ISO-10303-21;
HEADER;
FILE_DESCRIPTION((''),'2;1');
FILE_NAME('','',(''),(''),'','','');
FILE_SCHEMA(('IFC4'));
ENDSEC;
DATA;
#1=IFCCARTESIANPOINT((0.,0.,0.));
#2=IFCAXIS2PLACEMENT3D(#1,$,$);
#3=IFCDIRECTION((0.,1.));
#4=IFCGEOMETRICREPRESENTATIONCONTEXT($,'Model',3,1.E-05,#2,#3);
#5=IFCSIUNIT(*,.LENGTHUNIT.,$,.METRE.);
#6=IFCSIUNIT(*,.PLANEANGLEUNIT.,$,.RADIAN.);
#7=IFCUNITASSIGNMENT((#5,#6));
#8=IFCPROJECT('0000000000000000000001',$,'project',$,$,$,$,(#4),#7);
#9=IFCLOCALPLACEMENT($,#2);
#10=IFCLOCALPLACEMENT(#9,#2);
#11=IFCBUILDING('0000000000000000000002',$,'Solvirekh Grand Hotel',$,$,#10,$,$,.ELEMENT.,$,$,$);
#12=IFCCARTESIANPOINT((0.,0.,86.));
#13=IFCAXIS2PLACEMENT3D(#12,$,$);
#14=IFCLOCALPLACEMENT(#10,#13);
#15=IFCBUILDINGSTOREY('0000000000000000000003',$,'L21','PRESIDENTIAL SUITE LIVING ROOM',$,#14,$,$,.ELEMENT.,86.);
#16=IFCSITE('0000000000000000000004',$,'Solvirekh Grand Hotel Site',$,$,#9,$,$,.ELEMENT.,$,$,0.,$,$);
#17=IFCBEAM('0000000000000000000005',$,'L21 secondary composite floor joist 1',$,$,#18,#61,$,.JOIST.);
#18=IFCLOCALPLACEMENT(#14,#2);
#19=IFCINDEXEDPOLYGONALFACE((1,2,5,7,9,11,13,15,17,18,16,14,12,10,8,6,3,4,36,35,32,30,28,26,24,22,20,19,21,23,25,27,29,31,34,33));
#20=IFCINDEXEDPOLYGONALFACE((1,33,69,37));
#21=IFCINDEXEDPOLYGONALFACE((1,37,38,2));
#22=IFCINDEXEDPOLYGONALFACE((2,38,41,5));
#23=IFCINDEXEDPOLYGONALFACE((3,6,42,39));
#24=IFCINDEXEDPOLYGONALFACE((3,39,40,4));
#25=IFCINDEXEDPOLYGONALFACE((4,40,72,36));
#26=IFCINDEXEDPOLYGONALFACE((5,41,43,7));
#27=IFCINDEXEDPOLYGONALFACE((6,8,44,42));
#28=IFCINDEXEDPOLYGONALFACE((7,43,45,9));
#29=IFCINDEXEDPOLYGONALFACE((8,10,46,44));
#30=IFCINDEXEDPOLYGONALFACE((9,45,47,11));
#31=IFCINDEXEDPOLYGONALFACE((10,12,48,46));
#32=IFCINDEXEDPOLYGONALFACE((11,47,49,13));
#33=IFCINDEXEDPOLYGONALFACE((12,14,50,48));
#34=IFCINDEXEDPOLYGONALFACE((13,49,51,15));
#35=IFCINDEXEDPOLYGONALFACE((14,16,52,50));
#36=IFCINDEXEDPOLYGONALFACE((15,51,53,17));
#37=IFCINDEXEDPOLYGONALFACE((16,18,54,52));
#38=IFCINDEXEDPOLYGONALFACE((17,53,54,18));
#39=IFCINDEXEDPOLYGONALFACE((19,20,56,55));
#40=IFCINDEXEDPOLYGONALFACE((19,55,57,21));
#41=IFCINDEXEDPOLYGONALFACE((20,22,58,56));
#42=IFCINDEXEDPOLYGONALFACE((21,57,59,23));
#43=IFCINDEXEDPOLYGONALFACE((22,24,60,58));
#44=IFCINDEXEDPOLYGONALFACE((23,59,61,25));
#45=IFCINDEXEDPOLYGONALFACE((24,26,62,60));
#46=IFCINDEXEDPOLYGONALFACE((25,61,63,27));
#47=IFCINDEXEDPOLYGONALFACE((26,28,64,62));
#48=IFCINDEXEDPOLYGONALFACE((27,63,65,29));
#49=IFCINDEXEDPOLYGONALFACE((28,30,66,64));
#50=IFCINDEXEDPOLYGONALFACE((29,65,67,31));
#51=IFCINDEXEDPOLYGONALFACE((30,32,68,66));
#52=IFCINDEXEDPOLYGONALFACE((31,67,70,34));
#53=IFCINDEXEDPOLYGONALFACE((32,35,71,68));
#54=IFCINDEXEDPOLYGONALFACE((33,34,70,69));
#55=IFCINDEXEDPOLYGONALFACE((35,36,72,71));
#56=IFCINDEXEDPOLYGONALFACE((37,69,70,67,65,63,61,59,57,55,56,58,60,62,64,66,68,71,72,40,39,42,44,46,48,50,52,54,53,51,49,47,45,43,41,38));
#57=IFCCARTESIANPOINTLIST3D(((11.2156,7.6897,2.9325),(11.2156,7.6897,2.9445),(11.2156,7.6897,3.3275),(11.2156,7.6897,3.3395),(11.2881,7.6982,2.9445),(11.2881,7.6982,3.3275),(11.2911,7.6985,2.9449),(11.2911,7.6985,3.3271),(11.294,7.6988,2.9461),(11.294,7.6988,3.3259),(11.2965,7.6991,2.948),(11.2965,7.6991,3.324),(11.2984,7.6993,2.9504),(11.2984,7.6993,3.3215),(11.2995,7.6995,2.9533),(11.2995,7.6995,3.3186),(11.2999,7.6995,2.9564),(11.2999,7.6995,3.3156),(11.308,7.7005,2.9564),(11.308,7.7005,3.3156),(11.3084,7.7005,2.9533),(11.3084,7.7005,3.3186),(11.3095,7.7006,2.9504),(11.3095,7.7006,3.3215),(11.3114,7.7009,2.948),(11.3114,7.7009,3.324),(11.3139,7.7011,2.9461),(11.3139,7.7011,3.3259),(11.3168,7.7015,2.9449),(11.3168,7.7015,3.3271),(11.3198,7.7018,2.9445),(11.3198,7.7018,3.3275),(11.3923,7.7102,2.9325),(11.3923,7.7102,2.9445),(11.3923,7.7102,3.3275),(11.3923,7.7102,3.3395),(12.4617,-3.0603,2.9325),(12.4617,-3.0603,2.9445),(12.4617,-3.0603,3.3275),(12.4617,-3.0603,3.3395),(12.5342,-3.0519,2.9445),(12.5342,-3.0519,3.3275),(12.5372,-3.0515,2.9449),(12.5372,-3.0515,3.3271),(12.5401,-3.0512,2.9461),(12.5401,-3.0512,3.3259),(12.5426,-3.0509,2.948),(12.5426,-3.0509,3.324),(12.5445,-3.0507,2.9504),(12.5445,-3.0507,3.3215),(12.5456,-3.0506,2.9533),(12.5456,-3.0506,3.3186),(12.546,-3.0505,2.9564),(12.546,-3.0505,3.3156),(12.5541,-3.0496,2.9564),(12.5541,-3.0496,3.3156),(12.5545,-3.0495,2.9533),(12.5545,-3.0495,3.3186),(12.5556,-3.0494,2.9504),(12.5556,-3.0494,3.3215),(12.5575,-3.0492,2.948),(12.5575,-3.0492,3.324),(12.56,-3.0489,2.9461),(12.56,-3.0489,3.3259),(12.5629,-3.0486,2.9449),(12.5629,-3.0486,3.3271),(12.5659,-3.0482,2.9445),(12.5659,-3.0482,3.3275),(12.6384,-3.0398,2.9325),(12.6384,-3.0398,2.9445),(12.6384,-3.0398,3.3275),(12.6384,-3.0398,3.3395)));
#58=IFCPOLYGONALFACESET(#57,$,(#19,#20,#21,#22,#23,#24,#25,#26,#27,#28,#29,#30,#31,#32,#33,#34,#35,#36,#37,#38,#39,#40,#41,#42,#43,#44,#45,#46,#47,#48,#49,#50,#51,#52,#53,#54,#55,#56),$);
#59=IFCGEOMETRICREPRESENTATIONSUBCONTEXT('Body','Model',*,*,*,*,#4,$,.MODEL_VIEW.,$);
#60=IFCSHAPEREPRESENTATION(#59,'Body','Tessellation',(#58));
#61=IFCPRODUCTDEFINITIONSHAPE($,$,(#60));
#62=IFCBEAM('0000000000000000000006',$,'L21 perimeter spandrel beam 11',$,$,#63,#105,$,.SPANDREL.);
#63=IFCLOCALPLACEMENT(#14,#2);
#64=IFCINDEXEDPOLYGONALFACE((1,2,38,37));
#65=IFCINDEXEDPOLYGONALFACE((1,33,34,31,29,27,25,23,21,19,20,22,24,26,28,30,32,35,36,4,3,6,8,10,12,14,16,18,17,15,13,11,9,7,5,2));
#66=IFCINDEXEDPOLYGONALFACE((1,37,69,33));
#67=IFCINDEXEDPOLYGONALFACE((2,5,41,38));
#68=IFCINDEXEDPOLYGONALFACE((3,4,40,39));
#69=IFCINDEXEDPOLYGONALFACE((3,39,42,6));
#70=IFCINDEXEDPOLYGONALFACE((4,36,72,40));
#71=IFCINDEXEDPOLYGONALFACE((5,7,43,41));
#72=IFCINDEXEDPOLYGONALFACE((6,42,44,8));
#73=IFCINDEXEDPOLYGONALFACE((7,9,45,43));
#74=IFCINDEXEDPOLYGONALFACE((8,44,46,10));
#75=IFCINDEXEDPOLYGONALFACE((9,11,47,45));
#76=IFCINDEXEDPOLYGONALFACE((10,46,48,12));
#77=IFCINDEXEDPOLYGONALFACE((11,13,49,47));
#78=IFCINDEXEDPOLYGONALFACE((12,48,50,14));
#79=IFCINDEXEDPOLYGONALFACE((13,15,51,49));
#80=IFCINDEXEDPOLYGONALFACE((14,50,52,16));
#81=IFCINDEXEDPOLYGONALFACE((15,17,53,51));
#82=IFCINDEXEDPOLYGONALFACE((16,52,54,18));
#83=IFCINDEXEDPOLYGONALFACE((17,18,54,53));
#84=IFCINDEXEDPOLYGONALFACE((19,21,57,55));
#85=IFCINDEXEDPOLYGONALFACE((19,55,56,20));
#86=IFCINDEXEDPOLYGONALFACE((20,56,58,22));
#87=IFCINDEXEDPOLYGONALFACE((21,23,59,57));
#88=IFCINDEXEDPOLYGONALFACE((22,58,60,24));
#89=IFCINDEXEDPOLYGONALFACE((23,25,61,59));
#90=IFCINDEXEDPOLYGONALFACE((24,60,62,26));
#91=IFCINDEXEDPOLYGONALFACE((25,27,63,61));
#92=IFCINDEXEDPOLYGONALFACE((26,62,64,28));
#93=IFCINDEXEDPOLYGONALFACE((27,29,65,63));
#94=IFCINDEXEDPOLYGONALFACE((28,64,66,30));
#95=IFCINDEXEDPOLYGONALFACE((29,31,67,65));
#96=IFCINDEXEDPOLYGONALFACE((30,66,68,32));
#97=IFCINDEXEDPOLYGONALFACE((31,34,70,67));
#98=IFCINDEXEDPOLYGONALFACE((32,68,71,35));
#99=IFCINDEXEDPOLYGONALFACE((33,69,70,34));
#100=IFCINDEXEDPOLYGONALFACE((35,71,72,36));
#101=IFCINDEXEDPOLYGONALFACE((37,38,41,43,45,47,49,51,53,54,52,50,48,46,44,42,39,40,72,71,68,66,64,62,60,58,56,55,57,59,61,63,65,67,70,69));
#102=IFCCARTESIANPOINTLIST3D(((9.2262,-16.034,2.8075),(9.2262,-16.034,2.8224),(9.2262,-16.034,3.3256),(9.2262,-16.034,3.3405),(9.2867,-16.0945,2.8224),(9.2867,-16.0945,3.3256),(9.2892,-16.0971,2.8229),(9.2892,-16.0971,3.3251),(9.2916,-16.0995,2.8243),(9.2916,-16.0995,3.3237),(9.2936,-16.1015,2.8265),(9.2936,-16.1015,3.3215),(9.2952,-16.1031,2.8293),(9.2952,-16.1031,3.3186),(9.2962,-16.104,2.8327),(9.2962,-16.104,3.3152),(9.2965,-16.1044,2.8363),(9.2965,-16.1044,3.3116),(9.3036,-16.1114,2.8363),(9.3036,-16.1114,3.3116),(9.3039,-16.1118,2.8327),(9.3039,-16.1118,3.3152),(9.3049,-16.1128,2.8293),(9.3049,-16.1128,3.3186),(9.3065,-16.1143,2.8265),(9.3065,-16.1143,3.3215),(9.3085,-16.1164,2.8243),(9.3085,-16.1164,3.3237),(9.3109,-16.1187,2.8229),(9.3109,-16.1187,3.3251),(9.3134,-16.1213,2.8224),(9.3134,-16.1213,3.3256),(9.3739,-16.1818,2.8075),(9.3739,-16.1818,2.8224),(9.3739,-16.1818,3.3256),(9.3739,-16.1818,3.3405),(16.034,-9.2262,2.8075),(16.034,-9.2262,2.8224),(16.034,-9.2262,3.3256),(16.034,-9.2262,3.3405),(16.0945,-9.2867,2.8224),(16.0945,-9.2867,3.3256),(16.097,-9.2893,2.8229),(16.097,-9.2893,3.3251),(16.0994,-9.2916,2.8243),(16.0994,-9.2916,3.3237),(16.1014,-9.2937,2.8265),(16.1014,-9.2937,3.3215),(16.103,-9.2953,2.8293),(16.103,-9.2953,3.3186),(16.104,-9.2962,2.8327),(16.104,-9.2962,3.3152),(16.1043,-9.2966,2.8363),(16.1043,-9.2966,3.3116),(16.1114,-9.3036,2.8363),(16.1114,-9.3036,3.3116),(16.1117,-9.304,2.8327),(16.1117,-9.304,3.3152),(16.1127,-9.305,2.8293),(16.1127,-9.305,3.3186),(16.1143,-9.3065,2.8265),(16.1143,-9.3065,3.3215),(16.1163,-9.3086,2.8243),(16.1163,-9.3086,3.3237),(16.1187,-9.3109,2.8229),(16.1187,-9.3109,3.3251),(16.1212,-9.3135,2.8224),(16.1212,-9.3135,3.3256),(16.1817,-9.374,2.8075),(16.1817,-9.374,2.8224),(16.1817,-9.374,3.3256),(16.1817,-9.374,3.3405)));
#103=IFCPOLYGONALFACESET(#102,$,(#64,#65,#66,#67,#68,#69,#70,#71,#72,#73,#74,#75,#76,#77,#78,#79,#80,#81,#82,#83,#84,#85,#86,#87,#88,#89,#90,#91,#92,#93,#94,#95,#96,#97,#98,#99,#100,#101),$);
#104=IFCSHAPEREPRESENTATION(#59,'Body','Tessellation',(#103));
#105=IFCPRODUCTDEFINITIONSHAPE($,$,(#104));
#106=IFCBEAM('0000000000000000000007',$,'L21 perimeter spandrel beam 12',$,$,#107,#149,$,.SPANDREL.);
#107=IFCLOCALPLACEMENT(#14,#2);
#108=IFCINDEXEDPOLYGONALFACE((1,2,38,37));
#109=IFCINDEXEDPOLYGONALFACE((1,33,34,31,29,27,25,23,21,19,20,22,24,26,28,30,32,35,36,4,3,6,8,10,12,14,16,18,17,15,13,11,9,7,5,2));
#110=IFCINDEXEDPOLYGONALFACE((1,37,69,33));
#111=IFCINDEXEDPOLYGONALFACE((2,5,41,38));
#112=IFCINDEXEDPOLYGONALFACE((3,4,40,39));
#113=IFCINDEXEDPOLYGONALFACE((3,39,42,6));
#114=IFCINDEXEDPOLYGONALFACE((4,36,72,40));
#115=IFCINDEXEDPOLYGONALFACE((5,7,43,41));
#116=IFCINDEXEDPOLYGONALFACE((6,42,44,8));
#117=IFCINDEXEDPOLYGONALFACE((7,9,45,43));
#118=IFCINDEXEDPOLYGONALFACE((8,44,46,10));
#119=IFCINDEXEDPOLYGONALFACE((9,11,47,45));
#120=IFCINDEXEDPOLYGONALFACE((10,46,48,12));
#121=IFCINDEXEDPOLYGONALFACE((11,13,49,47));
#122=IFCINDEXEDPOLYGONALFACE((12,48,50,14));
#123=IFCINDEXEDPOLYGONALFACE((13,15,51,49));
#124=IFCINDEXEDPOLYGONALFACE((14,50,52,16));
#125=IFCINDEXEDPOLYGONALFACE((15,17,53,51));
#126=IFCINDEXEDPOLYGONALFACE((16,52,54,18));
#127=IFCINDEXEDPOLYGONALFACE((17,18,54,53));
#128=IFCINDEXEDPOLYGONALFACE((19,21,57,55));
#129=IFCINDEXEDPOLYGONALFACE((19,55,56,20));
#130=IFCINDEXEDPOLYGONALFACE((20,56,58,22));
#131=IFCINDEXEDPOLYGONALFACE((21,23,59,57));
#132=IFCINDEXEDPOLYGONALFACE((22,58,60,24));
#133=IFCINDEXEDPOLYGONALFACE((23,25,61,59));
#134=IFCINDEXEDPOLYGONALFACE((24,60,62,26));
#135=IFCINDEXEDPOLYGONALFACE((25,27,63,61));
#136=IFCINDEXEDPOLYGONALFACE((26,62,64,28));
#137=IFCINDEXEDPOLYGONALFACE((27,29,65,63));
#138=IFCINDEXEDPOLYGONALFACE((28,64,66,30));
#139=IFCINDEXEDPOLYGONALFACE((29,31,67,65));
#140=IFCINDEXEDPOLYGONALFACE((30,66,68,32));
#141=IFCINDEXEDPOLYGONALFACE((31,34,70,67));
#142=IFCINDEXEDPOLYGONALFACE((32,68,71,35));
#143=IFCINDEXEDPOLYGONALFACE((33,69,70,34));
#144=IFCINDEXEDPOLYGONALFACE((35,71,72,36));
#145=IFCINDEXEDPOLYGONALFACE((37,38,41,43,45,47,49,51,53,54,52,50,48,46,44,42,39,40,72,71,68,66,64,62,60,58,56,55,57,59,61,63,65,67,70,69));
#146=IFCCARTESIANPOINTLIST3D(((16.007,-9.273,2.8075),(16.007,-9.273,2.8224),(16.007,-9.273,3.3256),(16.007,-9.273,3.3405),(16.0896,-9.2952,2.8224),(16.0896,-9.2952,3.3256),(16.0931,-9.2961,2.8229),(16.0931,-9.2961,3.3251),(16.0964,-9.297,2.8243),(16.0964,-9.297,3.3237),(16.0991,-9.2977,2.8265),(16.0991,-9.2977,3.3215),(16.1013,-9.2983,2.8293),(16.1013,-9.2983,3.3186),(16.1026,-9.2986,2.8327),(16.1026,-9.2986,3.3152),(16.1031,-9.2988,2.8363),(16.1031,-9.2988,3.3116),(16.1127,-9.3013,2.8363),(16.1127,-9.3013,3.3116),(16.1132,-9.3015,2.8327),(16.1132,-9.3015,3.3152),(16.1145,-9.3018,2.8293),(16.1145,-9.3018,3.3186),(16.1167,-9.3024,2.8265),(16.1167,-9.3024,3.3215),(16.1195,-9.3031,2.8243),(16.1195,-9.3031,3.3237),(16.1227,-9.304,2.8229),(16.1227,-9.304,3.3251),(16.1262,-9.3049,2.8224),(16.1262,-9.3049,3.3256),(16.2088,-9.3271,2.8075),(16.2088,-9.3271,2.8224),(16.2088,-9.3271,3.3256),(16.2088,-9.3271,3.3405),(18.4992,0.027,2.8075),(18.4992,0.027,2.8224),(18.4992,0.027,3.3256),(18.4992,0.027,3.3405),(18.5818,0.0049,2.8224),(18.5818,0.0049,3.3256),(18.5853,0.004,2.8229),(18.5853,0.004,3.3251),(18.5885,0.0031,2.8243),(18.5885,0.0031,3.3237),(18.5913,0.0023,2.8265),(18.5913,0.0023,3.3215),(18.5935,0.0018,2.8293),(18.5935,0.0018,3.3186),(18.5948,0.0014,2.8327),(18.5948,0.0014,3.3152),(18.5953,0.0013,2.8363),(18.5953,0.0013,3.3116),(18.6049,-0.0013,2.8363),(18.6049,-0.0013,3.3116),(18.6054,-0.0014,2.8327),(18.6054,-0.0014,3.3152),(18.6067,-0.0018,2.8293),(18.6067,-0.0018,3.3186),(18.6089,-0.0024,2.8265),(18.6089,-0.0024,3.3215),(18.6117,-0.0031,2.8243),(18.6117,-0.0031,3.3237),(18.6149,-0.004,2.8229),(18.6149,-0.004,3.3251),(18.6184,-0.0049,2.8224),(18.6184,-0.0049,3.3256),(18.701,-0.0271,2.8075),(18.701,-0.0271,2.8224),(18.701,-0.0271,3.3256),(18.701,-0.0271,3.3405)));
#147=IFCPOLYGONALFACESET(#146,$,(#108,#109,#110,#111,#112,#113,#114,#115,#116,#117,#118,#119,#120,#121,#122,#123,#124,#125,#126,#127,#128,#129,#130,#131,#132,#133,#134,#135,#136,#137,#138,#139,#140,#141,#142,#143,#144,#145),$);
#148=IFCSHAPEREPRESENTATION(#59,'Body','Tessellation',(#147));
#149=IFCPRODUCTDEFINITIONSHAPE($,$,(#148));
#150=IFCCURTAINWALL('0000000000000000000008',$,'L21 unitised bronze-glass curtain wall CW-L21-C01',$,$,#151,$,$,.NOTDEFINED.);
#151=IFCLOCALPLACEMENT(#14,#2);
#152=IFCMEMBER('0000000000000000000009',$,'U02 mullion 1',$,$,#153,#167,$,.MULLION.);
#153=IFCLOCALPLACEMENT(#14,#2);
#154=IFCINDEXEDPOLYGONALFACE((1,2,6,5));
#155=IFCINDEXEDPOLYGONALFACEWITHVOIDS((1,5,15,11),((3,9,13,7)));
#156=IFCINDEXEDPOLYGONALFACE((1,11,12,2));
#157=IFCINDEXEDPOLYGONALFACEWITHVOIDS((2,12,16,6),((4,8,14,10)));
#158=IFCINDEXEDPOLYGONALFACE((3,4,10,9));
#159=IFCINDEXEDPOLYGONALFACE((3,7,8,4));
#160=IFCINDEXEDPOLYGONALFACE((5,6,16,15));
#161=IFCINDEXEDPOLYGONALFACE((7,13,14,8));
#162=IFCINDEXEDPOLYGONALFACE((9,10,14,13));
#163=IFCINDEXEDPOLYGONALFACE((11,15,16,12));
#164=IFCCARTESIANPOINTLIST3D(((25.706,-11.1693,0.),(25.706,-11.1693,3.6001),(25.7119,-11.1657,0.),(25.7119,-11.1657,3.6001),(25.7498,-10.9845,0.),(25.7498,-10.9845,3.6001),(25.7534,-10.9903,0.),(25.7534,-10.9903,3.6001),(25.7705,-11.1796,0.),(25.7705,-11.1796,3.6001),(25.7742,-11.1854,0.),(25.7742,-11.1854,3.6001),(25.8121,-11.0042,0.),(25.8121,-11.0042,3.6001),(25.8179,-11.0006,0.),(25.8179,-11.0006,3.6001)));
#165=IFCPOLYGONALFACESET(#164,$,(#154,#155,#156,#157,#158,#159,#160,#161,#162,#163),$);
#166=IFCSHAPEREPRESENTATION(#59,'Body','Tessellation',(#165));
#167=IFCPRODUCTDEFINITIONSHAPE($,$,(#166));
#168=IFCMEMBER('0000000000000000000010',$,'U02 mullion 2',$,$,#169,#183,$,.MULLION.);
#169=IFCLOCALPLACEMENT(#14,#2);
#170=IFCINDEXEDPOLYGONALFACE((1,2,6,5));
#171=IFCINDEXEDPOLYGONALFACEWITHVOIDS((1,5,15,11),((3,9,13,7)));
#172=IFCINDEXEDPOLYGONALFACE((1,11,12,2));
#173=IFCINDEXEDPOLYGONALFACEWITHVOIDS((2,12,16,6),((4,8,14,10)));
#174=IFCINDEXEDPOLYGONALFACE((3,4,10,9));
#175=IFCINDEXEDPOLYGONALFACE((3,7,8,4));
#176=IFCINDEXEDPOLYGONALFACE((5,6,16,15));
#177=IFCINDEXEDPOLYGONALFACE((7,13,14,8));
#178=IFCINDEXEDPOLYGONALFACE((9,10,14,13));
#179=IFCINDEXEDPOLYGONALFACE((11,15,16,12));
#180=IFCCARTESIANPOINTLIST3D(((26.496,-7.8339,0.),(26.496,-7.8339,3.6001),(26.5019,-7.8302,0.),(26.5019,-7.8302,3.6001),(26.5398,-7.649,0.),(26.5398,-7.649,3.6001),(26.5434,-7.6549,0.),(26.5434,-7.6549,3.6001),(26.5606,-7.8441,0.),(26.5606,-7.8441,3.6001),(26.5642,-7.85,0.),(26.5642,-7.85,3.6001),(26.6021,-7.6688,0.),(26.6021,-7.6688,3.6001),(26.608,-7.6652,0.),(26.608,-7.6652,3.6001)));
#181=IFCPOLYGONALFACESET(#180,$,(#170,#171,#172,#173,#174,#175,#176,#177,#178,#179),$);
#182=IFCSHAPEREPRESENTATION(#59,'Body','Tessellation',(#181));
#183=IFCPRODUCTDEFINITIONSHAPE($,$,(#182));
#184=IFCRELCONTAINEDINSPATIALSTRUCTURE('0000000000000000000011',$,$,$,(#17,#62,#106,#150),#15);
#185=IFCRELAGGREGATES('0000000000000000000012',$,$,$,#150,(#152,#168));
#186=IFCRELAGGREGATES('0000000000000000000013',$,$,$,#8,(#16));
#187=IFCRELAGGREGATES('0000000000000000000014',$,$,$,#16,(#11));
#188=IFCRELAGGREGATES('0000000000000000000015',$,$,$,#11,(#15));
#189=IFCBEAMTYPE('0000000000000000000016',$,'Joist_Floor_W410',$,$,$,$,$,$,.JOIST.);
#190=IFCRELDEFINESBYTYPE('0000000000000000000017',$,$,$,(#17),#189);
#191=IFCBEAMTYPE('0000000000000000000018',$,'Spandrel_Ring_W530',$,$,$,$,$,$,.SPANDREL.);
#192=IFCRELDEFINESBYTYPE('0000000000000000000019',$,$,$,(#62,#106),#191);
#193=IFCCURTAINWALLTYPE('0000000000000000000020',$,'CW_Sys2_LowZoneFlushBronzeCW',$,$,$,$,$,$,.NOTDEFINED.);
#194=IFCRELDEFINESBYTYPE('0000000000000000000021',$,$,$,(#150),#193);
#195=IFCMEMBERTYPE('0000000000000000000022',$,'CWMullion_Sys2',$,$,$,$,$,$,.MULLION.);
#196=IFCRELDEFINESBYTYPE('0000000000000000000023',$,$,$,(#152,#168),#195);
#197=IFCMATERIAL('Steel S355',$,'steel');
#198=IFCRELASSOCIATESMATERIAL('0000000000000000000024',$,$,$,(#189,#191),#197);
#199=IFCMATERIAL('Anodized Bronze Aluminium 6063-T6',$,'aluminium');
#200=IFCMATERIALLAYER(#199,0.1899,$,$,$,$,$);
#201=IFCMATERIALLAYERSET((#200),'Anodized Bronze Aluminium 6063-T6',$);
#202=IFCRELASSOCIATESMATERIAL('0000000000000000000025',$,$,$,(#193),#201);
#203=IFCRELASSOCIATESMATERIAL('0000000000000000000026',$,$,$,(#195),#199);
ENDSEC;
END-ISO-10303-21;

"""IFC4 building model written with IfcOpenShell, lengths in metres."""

from ifc_helpers import new_model, si_unit, direction, frame, origin, origin_2d, place, context, subcontext, project, spatial, hollow_rectangle, i_section, extrude, source, transform, mapped, material, layer, layer_set, material_profile, profile_set, type_object, element, aggregate, save


model = new_model("IFC4")

# Units and contexts
model_context = context("Model", 3, precision=1e-05, world=origin(), true_north=direction((0.0, 1.0)))
body_context = subcontext(model_context, "Body", "Model", "MODEL_VIEW")
ifc_project = project(units=[si_unit("LENGTHUNIT", "METRE"), si_unit("PLANEANGLEUNIT", "RADIAN")], contexts=[model_context])

# Site, building, storey
site_placement = place(None, origin())
site = spatial("IfcSite", under=ifc_project, at=site_placement, Name="Solvirekh Grand Hotel Site", CompositionType="ELEMENT", RefElevation=0.0)
building_placement = place(site_placement, origin())
building = spatial("IfcBuilding", under=site, at=building_placement, Name="Solvirekh Grand Hotel", CompositionType="ELEMENT")
storey_placement = place(building_placement, frame((0.0, 0.0, 86.0)))
storey = spatial("IfcBuildingStorey", under=building, at=storey_placement, Name="L21", Description="PRESIDENTIAL SUITE LIVING ROOM", CompositionType="ELEMENT", Elevation=86.0)

# Beams
ifc_material_1 = material(Name="Steel S355", Category="steel")
ifc_material_profile_1 = material_profile(ifc_material_1, i_section(OverallWidth=0.178, OverallDepth=0.407, WebThickness=0.0081, FlangeThickness=0.012, FilletRadius=0.012, at=origin_2d()), Name="W410X60")
ifc_profile_set_1 = profile_set([ifc_material_profile_1], Name="Steel S355")
beam_type_1 = type_object("IfcBeamType", Name="Joist_Floor_W410", PredefinedType="JOIST", material=ifc_profile_set_1)
beam_1_placement = place(storey_placement, frame((12.55, -3.05, 3.136), z_axis=(-0.115145, 0.993349, 0.0), x_axis=(-0.993349, -0.115145, 0.0)))
element("IfcBeam", 1, at=beam_1_placement, inside=storey, type_object=beam_type_1, Name="L21 secondary composite floor joist 1", PredefinedType="JOIST", context=body_context, shape_type="SweptSolid", body=[
    extrude(i_section(OverallWidth=0.178, OverallDepth=0.407, WebThickness=0.0081, FlangeThickness=0.012, FilletRadius=0.012, at=origin_2d()), origin(), (0.0, 0.0, 1.0), 10.822),
])
ifc_material_profile_2 = material_profile(ifc_material_1, i_section(OverallWidth=0.209, OverallDepth=0.533, WebThickness=0.01, FlangeThickness=0.0149, FilletRadius=0.0139, at=origin_2d()), Name="W530X92")
ifc_profile_set_2 = profile_set([ifc_material_profile_2], Name="Steel S355")
beam_type_2 = type_object("IfcBeamType", Name="Spandrel_Ring_W530", PredefinedType="SPANDREL", material=ifc_profile_set_2)
beam_2_placement = place(storey_placement, frame((9.3, -16.1079, 3.074), z_axis=(0.707107, 0.707107, 0.0), x_axis=(-0.707107, 0.707107, 0.0)))
element("IfcBeam", 2, at=beam_2_placement, inside=storey, type_object=beam_type_2, Name="L21 perimeter spandrel beam 11", PredefinedType="SPANDREL", context=body_context, shape_type="SweptSolid", body=[
    extrude(i_section(OverallWidth=0.209, OverallDepth=0.533, WebThickness=0.01, FlangeThickness=0.0149, FilletRadius=0.0139, at=origin_2d()), origin(), (0.0, 0.0, 1.0), 9.6277),
])
beam_3_placement = place(storey_placement, frame((16.1079, -9.3, 3.074), z_axis=(0.258843, 0.965919, 0.0), x_axis=(-0.965919, 0.258843, 0.0)))
element("IfcBeam", 3, at=beam_3_placement, inside=storey, type_object=beam_type_2, Name="L21 perimeter spandrel beam 12", PredefinedType="SPANDREL", context=body_context, shape_type="SweptSolid", body=[
    extrude(i_section(OverallWidth=0.209, OverallDepth=0.533, WebThickness=0.01, FlangeThickness=0.0149, FilletRadius=0.0139, at=origin_2d()), origin(), (0.0, 0.0, 1.0), 9.6282),
])

# Curtain wall, members
ifc_material_2 = material(Name="Anodized Bronze Aluminium 6063-T6", Category="aluminium")
ifc_layer_1 = layer(ifc_material_2, 0.1899)
ifc_layer_set_1 = layer_set([ifc_layer_1], Name="Anodized Bronze Aluminium 6063-T6")
curtain_wall_type = type_object("IfcCurtainWallType", Name="CW_Sys2_LowZoneFlushBronzeCW", PredefinedType="NOTDEFINED", material=ifc_layer_set_1)
curtain_wall_1_placement = place(storey_placement, origin())
curtain_wall_1 = element("IfcCurtainWall", 4, at=curtain_wall_1_placement, inside=storey, type_object=curtain_wall_type, Name="L21 unitised bronze-glass curtain wall CW-L21-C01", PredefinedType="NOTDEFINED")
ifc_material_profile_3 = material_profile(ifc_material_2, hollow_rectangle(XDim=0.0701, YDim=0.1899, WallThickness=0.0049, at=origin_2d()), Name="ALU RHS 190X70X5")
ifc_profile_set_3 = profile_set([ifc_material_profile_3], Name="Anodized Bronze Aluminium 6063-T6")
member_type_1 = type_object("IfcMemberType", Name="CWMullion_Sys2", PredefinedType="MULLION", material=ifc_profile_set_3)
shared_shape_1 = source(origin(), body_context, "Body", "SweptSolid", [
    extrude(hollow_rectangle(XDim=0.0701, YDim=0.1899, WallThickness=0.0049, at=origin_2d()), origin(), (0.0, 0.0, 1.0), 3.6001),
])
member_1_placement = place(storey_placement, frame((25.762, -11.085, 0.0), z_axis=(0.0, 0.0, 1.0), x_axis=(-0.973083, 0.230456, 0.0)))
member_1 = element("IfcMember", 5, at=member_1_placement, type_object=member_type_1, Name="U02 mullion 1", PredefinedType="MULLION", context=body_context, shape_type="MappedRepresentation", body=[
    mapped(shared_shape_1, transform((0.0, 0.0, 0.0), x_axis=(1.0, 0.0, 0.0), y_axis=(0.0, 1.0, 0.0), z_axis=(0.0, 0.0, 1.0), scale=1.0)),
])
member_2_placement = place(storey_placement, frame((26.552, -7.7495, 0.0), z_axis=(0.0, 0.0, 1.0), x_axis=(-0.973083, 0.230456, 0.0)))
member_2 = element("IfcMember", 6, at=member_2_placement, type_object=member_type_1, Name="U02 mullion 2", PredefinedType="MULLION", context=body_context, shape_type="MappedRepresentation", body=[
    mapped(shared_shape_1, transform((0.0, 0.0, 0.0), x_axis=(1.0, 0.0, 0.0), y_axis=(0.0, 1.0, 0.0), z_axis=(0.0, 0.0, 1.0), scale=1.0)),
])

aggregate(curtain_wall_1, [member_1, member_2])

save(model, "model.ifc")
